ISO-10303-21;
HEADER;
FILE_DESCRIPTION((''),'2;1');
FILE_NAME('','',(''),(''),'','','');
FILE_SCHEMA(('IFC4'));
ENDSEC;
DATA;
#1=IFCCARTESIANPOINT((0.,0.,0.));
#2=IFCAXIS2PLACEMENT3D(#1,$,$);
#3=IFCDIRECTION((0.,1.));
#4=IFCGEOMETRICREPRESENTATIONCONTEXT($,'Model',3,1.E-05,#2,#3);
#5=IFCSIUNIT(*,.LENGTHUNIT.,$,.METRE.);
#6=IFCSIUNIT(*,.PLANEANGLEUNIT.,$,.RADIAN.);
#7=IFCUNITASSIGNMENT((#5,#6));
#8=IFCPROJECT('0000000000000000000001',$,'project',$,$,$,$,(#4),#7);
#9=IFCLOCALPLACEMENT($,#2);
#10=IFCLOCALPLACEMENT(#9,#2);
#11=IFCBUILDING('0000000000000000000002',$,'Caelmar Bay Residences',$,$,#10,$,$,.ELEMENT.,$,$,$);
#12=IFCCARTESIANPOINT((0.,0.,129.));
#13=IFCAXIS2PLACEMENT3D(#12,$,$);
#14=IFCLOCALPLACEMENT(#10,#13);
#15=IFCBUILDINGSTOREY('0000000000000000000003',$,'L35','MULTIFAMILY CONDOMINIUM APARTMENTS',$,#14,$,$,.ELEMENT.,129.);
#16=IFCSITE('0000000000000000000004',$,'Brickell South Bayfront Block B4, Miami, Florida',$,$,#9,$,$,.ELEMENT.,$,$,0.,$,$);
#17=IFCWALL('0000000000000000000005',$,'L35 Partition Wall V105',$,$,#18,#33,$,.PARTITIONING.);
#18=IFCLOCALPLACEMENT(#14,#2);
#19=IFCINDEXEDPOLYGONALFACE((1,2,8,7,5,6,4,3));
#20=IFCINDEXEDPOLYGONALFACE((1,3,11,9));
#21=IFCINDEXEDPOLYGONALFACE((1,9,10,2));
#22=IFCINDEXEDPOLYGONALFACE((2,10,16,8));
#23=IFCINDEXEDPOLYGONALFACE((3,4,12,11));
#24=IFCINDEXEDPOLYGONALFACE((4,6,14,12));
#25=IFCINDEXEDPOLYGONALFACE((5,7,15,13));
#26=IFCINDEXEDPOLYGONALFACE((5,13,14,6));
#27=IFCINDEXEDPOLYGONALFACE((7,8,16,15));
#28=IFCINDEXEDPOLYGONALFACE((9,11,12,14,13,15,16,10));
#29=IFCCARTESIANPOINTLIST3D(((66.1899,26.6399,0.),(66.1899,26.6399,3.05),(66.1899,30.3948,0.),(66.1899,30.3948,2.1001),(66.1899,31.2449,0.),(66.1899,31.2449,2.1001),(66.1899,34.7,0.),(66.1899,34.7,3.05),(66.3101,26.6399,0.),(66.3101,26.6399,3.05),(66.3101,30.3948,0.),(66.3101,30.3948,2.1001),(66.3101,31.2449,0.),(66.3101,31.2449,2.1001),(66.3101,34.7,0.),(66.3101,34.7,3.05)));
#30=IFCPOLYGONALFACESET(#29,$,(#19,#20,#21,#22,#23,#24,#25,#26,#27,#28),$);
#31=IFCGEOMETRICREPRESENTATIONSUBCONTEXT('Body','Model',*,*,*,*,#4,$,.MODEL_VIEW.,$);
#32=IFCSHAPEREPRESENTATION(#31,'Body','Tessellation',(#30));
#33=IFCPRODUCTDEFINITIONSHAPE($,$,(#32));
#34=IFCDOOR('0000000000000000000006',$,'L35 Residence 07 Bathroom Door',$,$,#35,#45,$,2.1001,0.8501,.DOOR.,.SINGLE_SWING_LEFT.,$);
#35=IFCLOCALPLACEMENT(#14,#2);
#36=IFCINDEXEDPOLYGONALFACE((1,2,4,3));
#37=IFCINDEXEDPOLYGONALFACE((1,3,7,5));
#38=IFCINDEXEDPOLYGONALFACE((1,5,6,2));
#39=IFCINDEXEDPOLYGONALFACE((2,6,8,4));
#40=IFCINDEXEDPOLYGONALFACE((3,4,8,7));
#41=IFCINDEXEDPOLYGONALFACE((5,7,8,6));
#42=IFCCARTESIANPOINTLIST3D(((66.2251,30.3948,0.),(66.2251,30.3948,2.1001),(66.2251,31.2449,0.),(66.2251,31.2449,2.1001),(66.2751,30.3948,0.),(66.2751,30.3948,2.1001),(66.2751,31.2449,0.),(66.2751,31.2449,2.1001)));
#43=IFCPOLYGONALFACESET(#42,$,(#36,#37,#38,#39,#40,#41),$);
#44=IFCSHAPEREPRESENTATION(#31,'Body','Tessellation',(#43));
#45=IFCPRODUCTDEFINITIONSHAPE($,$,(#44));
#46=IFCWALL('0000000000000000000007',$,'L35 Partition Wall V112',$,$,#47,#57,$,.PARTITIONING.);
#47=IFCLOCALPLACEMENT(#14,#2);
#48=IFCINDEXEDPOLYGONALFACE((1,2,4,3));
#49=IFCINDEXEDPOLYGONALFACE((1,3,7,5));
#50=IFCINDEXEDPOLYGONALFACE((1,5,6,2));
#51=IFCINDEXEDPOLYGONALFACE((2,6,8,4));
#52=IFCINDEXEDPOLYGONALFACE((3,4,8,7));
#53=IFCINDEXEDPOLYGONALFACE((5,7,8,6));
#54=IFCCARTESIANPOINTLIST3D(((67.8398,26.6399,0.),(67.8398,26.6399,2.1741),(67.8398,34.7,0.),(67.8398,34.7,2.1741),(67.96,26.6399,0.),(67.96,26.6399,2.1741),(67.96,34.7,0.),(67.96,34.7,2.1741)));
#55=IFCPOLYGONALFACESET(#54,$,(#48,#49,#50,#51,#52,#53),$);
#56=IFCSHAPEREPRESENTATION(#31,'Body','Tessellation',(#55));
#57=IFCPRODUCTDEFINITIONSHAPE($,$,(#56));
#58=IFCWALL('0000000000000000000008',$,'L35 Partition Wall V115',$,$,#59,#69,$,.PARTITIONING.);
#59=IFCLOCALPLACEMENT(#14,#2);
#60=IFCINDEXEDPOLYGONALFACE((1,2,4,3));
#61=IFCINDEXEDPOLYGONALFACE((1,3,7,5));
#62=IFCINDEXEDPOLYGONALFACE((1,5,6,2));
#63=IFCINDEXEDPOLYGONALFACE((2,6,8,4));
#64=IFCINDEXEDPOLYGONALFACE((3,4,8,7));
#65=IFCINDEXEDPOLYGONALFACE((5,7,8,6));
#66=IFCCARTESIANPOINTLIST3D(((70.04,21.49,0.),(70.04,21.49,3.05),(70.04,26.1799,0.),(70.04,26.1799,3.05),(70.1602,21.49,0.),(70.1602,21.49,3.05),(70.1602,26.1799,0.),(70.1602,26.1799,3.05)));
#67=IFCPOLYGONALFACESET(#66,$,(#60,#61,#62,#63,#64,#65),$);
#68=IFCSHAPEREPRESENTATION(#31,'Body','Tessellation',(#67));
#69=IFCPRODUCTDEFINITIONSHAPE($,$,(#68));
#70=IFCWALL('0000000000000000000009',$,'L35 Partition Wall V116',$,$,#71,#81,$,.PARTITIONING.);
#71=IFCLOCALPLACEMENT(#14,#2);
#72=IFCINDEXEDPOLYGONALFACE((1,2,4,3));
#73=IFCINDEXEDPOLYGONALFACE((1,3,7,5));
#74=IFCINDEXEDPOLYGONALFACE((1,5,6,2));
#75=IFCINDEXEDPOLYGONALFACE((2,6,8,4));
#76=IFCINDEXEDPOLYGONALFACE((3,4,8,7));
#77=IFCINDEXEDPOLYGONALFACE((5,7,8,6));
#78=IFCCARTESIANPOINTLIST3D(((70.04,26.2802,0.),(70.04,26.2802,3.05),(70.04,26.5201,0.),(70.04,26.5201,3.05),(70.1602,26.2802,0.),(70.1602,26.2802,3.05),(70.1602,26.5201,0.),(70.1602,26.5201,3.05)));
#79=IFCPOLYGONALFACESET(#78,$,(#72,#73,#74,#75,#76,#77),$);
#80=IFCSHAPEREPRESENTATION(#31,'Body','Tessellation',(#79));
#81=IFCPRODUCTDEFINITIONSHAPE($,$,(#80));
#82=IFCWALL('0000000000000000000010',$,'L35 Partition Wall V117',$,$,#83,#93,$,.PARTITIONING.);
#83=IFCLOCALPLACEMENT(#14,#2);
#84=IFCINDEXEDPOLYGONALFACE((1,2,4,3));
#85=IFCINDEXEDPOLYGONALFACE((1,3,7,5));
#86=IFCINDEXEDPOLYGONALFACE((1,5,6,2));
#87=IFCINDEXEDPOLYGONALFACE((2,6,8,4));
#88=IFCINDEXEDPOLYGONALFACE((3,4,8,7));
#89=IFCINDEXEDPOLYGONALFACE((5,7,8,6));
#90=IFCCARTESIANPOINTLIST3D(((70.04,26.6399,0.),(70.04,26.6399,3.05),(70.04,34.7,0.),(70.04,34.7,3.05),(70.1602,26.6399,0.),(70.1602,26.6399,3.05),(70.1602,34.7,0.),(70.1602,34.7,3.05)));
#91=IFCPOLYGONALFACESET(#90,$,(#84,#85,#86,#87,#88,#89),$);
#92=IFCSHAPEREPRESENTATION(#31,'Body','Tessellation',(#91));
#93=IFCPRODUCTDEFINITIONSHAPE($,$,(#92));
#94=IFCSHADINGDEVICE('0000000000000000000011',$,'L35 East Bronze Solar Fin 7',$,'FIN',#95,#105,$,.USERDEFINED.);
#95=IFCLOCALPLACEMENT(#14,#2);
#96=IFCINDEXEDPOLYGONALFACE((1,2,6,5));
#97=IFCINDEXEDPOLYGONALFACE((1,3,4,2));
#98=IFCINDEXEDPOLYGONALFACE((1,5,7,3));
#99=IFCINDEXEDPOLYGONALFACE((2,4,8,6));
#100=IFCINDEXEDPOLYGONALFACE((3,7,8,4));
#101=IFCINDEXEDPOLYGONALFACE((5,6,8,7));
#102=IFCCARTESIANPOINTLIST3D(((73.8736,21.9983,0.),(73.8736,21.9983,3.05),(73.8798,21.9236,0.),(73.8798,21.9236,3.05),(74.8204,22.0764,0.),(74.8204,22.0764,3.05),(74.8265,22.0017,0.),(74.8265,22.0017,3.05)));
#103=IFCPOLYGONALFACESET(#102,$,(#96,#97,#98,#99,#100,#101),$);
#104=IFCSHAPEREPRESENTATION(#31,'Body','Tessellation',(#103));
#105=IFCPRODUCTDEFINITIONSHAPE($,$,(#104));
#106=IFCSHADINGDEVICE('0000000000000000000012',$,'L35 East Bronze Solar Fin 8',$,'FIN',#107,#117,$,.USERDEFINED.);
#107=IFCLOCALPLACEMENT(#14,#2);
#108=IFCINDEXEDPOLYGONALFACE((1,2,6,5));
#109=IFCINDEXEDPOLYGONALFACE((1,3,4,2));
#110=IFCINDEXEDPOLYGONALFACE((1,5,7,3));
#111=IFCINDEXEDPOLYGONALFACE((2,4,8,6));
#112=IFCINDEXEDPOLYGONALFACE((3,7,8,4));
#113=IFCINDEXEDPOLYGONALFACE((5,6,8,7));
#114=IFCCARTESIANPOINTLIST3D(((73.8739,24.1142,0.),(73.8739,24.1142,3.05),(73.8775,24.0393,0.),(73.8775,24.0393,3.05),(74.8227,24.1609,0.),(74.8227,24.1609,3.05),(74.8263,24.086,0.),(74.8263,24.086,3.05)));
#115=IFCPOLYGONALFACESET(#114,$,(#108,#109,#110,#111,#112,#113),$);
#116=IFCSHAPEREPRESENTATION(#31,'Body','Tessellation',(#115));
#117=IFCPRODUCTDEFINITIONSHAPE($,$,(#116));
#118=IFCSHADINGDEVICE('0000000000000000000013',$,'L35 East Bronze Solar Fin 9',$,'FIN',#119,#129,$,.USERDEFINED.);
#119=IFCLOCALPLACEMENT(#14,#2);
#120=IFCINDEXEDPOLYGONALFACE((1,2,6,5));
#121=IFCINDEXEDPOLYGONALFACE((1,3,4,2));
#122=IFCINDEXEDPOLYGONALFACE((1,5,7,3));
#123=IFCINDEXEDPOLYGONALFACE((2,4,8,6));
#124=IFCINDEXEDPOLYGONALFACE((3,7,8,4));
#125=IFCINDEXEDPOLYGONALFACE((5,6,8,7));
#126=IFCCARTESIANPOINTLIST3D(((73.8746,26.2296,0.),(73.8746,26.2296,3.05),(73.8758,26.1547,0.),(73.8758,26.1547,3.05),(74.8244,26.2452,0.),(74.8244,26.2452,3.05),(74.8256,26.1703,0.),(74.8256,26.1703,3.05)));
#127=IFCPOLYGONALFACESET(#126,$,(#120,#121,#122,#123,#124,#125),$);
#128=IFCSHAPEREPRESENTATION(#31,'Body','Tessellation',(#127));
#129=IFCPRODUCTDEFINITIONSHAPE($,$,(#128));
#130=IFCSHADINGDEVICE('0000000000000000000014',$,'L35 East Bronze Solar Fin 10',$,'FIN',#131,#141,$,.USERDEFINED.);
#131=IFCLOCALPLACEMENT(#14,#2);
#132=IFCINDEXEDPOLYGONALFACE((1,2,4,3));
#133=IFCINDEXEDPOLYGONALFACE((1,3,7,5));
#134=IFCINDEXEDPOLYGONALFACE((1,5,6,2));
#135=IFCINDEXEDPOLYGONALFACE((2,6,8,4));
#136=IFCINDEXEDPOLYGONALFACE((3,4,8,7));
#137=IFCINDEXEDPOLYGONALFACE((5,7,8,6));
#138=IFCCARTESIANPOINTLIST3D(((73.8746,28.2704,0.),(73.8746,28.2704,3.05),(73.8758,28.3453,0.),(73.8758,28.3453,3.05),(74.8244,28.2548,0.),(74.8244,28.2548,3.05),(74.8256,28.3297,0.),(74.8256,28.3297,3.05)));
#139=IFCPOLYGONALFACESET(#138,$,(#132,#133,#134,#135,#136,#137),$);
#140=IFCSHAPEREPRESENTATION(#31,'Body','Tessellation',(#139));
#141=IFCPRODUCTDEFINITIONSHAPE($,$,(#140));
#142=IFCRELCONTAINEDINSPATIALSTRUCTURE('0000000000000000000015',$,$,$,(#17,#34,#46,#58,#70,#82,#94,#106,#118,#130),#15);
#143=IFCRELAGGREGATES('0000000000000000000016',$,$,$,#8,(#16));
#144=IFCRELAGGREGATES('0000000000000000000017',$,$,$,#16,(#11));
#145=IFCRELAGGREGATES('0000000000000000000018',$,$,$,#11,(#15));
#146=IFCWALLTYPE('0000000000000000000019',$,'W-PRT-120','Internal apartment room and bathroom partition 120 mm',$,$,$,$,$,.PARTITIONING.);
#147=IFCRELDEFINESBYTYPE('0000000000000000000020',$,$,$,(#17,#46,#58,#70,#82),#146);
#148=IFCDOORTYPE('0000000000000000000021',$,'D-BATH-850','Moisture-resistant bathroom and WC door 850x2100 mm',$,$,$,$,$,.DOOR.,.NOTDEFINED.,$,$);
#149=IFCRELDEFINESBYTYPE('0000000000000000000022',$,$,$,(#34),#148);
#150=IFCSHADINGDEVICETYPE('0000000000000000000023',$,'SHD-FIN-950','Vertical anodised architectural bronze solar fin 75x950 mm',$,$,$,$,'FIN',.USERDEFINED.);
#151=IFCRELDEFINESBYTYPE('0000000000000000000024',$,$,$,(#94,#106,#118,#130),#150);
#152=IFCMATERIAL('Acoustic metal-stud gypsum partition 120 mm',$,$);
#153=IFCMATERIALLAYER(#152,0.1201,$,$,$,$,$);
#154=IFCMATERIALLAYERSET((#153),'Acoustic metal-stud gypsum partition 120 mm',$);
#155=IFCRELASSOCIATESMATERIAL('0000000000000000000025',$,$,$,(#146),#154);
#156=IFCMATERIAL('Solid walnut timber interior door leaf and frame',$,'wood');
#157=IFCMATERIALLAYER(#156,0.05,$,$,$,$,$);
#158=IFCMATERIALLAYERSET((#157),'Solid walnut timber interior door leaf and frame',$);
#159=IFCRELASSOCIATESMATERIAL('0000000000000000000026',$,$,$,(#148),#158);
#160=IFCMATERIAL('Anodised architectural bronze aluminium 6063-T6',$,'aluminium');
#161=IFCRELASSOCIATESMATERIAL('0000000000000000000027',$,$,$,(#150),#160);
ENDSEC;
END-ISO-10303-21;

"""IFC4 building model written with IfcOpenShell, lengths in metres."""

from ifc_helpers import new_model, si_unit, direction, frame, frame_2d, origin, origin_2d, place, context, subcontext, project, spatial, rectangle, extrude, material, layer, layer_set, material_profile, profile_set, type_object, element, fill, save


model = new_model("IFC4")

# Units and contexts
model_context = context("Model", 3, precision=1e-05, world=origin(), true_north=direction((0.0, 1.0)))
body_context = subcontext(model_context, "Body", "Model", "MODEL_VIEW")
ifc_project = project(units=[si_unit("LENGTHUNIT", "METRE"), si_unit("PLANEANGLEUNIT", "RADIAN")], contexts=[model_context])

# Site, building, storey
site_placement = place(None, origin())
site = spatial("IfcSite", under=ifc_project, at=site_placement, Name="Brickell South Bayfront Block B4, Miami, Florida", CompositionType="ELEMENT", RefElevation=0.0)
building_placement = place(site_placement, origin())
building = spatial("IfcBuilding", under=site, at=building_placement, Name="Caelmar Bay Residences", CompositionType="ELEMENT")
storey_placement = place(building_placement, frame((0.0, 0.0, 129.0)))
storey = spatial("IfcBuildingStorey", under=building, at=storey_placement, Name="L35", Description="MULTIFAMILY CONDOMINIUM APARTMENTS", CompositionType="ELEMENT", Elevation=129.0)

# Shared definitions
ifc_material_1 = material(Name="Solid walnut timber interior door leaf and frame", Category="wood")

# Shared definitions
ifc_material_2 = material(Name="Acoustic metal-stud gypsum partition 120 mm")
ifc_layer_1 = layer(ifc_material_2, 0.1201)
ifc_layer_set_1 = layer_set([ifc_layer_1], Name="Acoustic metal-stud gypsum partition 120 mm")
wall_type_1 = type_object("IfcWallType", Name="W-PRT-120", Description="Internal apartment room and bathroom partition 120 mm", PredefinedType="PARTITIONING", material=ifc_layer_set_1)

# Wall, opening, door
wall_1_placement = place(storey_placement, frame((66.25, 26.6399, 0.0), z_axis=(0.0, 0.0, 1.0), x_axis=(0.0, 1.0, 0.0)))
wall_1 = element("IfcWall", 1, at=wall_1_placement, inside=storey, type_object=wall_type_1, Name="L35 Partition Wall V105", PredefinedType="PARTITIONING", context=body_context, shape_type="SweptSolid", body=[
    extrude(rectangle(XDim=8.0601, YDim=0.1201, at=frame_2d((4.03, 0.0))), origin(), (0.0, 0.0, 1.0), 3.05),
])
opening_1_placement = place(wall_1_placement, frame((3.7549, 0.0, 0.0)))
opening_1 = element("IfcOpeningElement", 2, at=opening_1_placement, cuts=wall_1, PredefinedType="OPENING", context=body_context, shape_type="SweptSolid", body=[
    extrude(rectangle(XDim=0.8501, YDim=2.1001, at=frame_2d((0.425, 1.05))), frame((0.0, 0.0701, 0.0), z_axis=(0.0, -1.0, 0.0), x_axis=(1.0, 0.0, 0.0)), (0.0, 0.0, 1.0), 0.1401),
])
ifc_layer_2 = layer(ifc_material_1, 0.05)
ifc_layer_set_2 = layer_set([ifc_layer_2], Name="Solid walnut timber interior door leaf and frame")
door_type_1 = type_object("IfcDoorType", Name="D-BATH-850", Description="Moisture-resistant bathroom and WC door 850x2100 mm", OperationType="NOTDEFINED", PredefinedType="DOOR", material=ifc_layer_set_2)
door_1_placement = place(opening_1_placement, origin())
door_1 = element("IfcDoor", 3, at=door_1_placement, inside=storey, type_object=door_type_1, Name="L35 Residence 07 Bathroom Door", OperationType="SINGLE_SWING_LEFT", OverallHeight=2.1001, OverallWidth=0.8501, PredefinedType="DOOR", context=body_context, shape_type="SweptSolid", body=[
    extrude(rectangle(XDim=0.8501, YDim=2.1001, at=frame_2d((0.425, 1.05))), frame((0.0, 0.0249, 0.0), z_axis=(0.0, -1.0, 0.0), x_axis=(1.0, 0.0, 0.0)), (0.0, 0.0, 1.0), 0.05),
])
fill(opening_1, door_1)

# Walls
wall_2_placement = place(storey_placement, frame((67.8999, 26.6399, 0.0), z_axis=(0.0, 0.0, 1.0), x_axis=(0.0, 1.0, 0.0)))
element("IfcWall", 4, at=wall_2_placement, inside=storey, type_object=wall_type_1, Name="L35 Partition Wall V112", PredefinedType="PARTITIONING", context=body_context, shape_type="SweptSolid", body=[
    extrude(rectangle(XDim=8.0601, YDim=0.1201, at=frame_2d((4.03, 0.0))), origin(), (0.0, 0.0, 1.0), 2.1741),
])
wall_3_placement = place(storey_placement, frame((70.1001, 21.49, 0.0), z_axis=(0.0, 0.0, 1.0), x_axis=(0.0, 1.0, 0.0)))
element("IfcWall", 5, at=wall_3_placement, inside=storey, type_object=wall_type_1, Name="L35 Partition Wall V115", PredefinedType="PARTITIONING", context=body_context, shape_type="SweptSolid", body=[
    extrude(rectangle(XDim=4.6899, YDim=0.1201, at=frame_2d((2.345, 0.0))), origin(), (0.0, 0.0, 1.0), 3.05),
])
wall_4_placement = place(storey_placement, frame((70.1001, 26.28, 0.0), z_axis=(0.0, 0.0, 1.0), x_axis=(0.0, 1.0, 0.0)))
element("IfcWall", 6, at=wall_4_placement, inside=storey, type_object=wall_type_1, Name="L35 Partition Wall V116", PredefinedType="PARTITIONING", context=body_context, shape_type="SweptSolid", body=[
    extrude(rectangle(XDim=0.24, YDim=0.1201, at=frame_2d((0.1201, 0.0))), origin(), (0.0, 0.0, 1.0), 3.05),
])
wall_5_placement = place(storey_placement, frame((70.1001, 26.6399, 0.0), z_axis=(0.0, 0.0, 1.0), x_axis=(0.0, 1.0, 0.0)))
element("IfcWall", 7, at=wall_5_placement, inside=storey, type_object=wall_type_1, Name="L35 Partition Wall V117", PredefinedType="PARTITIONING", context=body_context, shape_type="SweptSolid", body=[
    extrude(rectangle(XDim=8.0601, YDim=0.1201, at=frame_2d((4.03, 0.0))), origin(), (0.0, 0.0, 1.0), 3.05),
])

# Shading devices
ifc_material_3 = material(Name="Anodised architectural bronze aluminium 6063-T6", Category="aluminium")
ifc_material_profile_1 = material_profile(ifc_material_3, rectangle(XDim=0.075, YDim=0.95, at=origin_2d()), Name="BRONZE-FIN-75X950")
ifc_profile_set_1 = profile_set([ifc_material_profile_1], Name="Anodised architectural bronze aluminium 6063-T6")
shading_device_type = type_object("IfcShadingDeviceType", Name="SHD-FIN-950", Description="Vertical anodised architectural bronze solar fin 75x950 mm", ElementType="FIN", PredefinedType="USERDEFINED", material=ifc_profile_set_1)
for number, where, z_axis, x_axis, name in (
    (8, (74.3501, 22.0, 0.0), (0.0, 0.0, 1.0), (-0.082112, 0.996623, 0.0), "L35 East Bronze Solar Fin 7"),
    (9, (74.3501, 24.1001, 0.0), (0.0, 0.0, 1.0), (-0.049198, 0.998789, 0.0), "L35 East Bronze Solar Fin 8"),
    (10, (74.3501, 26.2, 0.0), (0.0, 0.0, 1.0), (-0.016405, 0.999865, 0.0), "L35 East Bronze Solar Fin 9"),
    (11, (74.3501, 28.3, 0.0), (0.0, 0.0, 1.0), (0.016405, 0.999865, 0.0), "L35 East Bronze Solar Fin 10"),
):
    element("IfcShadingDevice", number, at=place(storey_placement, frame(where, z_axis=z_axis, x_axis=x_axis)), inside=storey, type_object=shading_device_type, Name=name, ObjectType="FIN", PredefinedType="USERDEFINED", context=body_context, shape_type="SweptSolid", body=[
        extrude(rectangle(XDim=0.075, YDim=0.95, at=origin_2d()), origin(), (0.0, 0.0, 1.0), 3.05),
    ])

save(model, "model.ifc")
